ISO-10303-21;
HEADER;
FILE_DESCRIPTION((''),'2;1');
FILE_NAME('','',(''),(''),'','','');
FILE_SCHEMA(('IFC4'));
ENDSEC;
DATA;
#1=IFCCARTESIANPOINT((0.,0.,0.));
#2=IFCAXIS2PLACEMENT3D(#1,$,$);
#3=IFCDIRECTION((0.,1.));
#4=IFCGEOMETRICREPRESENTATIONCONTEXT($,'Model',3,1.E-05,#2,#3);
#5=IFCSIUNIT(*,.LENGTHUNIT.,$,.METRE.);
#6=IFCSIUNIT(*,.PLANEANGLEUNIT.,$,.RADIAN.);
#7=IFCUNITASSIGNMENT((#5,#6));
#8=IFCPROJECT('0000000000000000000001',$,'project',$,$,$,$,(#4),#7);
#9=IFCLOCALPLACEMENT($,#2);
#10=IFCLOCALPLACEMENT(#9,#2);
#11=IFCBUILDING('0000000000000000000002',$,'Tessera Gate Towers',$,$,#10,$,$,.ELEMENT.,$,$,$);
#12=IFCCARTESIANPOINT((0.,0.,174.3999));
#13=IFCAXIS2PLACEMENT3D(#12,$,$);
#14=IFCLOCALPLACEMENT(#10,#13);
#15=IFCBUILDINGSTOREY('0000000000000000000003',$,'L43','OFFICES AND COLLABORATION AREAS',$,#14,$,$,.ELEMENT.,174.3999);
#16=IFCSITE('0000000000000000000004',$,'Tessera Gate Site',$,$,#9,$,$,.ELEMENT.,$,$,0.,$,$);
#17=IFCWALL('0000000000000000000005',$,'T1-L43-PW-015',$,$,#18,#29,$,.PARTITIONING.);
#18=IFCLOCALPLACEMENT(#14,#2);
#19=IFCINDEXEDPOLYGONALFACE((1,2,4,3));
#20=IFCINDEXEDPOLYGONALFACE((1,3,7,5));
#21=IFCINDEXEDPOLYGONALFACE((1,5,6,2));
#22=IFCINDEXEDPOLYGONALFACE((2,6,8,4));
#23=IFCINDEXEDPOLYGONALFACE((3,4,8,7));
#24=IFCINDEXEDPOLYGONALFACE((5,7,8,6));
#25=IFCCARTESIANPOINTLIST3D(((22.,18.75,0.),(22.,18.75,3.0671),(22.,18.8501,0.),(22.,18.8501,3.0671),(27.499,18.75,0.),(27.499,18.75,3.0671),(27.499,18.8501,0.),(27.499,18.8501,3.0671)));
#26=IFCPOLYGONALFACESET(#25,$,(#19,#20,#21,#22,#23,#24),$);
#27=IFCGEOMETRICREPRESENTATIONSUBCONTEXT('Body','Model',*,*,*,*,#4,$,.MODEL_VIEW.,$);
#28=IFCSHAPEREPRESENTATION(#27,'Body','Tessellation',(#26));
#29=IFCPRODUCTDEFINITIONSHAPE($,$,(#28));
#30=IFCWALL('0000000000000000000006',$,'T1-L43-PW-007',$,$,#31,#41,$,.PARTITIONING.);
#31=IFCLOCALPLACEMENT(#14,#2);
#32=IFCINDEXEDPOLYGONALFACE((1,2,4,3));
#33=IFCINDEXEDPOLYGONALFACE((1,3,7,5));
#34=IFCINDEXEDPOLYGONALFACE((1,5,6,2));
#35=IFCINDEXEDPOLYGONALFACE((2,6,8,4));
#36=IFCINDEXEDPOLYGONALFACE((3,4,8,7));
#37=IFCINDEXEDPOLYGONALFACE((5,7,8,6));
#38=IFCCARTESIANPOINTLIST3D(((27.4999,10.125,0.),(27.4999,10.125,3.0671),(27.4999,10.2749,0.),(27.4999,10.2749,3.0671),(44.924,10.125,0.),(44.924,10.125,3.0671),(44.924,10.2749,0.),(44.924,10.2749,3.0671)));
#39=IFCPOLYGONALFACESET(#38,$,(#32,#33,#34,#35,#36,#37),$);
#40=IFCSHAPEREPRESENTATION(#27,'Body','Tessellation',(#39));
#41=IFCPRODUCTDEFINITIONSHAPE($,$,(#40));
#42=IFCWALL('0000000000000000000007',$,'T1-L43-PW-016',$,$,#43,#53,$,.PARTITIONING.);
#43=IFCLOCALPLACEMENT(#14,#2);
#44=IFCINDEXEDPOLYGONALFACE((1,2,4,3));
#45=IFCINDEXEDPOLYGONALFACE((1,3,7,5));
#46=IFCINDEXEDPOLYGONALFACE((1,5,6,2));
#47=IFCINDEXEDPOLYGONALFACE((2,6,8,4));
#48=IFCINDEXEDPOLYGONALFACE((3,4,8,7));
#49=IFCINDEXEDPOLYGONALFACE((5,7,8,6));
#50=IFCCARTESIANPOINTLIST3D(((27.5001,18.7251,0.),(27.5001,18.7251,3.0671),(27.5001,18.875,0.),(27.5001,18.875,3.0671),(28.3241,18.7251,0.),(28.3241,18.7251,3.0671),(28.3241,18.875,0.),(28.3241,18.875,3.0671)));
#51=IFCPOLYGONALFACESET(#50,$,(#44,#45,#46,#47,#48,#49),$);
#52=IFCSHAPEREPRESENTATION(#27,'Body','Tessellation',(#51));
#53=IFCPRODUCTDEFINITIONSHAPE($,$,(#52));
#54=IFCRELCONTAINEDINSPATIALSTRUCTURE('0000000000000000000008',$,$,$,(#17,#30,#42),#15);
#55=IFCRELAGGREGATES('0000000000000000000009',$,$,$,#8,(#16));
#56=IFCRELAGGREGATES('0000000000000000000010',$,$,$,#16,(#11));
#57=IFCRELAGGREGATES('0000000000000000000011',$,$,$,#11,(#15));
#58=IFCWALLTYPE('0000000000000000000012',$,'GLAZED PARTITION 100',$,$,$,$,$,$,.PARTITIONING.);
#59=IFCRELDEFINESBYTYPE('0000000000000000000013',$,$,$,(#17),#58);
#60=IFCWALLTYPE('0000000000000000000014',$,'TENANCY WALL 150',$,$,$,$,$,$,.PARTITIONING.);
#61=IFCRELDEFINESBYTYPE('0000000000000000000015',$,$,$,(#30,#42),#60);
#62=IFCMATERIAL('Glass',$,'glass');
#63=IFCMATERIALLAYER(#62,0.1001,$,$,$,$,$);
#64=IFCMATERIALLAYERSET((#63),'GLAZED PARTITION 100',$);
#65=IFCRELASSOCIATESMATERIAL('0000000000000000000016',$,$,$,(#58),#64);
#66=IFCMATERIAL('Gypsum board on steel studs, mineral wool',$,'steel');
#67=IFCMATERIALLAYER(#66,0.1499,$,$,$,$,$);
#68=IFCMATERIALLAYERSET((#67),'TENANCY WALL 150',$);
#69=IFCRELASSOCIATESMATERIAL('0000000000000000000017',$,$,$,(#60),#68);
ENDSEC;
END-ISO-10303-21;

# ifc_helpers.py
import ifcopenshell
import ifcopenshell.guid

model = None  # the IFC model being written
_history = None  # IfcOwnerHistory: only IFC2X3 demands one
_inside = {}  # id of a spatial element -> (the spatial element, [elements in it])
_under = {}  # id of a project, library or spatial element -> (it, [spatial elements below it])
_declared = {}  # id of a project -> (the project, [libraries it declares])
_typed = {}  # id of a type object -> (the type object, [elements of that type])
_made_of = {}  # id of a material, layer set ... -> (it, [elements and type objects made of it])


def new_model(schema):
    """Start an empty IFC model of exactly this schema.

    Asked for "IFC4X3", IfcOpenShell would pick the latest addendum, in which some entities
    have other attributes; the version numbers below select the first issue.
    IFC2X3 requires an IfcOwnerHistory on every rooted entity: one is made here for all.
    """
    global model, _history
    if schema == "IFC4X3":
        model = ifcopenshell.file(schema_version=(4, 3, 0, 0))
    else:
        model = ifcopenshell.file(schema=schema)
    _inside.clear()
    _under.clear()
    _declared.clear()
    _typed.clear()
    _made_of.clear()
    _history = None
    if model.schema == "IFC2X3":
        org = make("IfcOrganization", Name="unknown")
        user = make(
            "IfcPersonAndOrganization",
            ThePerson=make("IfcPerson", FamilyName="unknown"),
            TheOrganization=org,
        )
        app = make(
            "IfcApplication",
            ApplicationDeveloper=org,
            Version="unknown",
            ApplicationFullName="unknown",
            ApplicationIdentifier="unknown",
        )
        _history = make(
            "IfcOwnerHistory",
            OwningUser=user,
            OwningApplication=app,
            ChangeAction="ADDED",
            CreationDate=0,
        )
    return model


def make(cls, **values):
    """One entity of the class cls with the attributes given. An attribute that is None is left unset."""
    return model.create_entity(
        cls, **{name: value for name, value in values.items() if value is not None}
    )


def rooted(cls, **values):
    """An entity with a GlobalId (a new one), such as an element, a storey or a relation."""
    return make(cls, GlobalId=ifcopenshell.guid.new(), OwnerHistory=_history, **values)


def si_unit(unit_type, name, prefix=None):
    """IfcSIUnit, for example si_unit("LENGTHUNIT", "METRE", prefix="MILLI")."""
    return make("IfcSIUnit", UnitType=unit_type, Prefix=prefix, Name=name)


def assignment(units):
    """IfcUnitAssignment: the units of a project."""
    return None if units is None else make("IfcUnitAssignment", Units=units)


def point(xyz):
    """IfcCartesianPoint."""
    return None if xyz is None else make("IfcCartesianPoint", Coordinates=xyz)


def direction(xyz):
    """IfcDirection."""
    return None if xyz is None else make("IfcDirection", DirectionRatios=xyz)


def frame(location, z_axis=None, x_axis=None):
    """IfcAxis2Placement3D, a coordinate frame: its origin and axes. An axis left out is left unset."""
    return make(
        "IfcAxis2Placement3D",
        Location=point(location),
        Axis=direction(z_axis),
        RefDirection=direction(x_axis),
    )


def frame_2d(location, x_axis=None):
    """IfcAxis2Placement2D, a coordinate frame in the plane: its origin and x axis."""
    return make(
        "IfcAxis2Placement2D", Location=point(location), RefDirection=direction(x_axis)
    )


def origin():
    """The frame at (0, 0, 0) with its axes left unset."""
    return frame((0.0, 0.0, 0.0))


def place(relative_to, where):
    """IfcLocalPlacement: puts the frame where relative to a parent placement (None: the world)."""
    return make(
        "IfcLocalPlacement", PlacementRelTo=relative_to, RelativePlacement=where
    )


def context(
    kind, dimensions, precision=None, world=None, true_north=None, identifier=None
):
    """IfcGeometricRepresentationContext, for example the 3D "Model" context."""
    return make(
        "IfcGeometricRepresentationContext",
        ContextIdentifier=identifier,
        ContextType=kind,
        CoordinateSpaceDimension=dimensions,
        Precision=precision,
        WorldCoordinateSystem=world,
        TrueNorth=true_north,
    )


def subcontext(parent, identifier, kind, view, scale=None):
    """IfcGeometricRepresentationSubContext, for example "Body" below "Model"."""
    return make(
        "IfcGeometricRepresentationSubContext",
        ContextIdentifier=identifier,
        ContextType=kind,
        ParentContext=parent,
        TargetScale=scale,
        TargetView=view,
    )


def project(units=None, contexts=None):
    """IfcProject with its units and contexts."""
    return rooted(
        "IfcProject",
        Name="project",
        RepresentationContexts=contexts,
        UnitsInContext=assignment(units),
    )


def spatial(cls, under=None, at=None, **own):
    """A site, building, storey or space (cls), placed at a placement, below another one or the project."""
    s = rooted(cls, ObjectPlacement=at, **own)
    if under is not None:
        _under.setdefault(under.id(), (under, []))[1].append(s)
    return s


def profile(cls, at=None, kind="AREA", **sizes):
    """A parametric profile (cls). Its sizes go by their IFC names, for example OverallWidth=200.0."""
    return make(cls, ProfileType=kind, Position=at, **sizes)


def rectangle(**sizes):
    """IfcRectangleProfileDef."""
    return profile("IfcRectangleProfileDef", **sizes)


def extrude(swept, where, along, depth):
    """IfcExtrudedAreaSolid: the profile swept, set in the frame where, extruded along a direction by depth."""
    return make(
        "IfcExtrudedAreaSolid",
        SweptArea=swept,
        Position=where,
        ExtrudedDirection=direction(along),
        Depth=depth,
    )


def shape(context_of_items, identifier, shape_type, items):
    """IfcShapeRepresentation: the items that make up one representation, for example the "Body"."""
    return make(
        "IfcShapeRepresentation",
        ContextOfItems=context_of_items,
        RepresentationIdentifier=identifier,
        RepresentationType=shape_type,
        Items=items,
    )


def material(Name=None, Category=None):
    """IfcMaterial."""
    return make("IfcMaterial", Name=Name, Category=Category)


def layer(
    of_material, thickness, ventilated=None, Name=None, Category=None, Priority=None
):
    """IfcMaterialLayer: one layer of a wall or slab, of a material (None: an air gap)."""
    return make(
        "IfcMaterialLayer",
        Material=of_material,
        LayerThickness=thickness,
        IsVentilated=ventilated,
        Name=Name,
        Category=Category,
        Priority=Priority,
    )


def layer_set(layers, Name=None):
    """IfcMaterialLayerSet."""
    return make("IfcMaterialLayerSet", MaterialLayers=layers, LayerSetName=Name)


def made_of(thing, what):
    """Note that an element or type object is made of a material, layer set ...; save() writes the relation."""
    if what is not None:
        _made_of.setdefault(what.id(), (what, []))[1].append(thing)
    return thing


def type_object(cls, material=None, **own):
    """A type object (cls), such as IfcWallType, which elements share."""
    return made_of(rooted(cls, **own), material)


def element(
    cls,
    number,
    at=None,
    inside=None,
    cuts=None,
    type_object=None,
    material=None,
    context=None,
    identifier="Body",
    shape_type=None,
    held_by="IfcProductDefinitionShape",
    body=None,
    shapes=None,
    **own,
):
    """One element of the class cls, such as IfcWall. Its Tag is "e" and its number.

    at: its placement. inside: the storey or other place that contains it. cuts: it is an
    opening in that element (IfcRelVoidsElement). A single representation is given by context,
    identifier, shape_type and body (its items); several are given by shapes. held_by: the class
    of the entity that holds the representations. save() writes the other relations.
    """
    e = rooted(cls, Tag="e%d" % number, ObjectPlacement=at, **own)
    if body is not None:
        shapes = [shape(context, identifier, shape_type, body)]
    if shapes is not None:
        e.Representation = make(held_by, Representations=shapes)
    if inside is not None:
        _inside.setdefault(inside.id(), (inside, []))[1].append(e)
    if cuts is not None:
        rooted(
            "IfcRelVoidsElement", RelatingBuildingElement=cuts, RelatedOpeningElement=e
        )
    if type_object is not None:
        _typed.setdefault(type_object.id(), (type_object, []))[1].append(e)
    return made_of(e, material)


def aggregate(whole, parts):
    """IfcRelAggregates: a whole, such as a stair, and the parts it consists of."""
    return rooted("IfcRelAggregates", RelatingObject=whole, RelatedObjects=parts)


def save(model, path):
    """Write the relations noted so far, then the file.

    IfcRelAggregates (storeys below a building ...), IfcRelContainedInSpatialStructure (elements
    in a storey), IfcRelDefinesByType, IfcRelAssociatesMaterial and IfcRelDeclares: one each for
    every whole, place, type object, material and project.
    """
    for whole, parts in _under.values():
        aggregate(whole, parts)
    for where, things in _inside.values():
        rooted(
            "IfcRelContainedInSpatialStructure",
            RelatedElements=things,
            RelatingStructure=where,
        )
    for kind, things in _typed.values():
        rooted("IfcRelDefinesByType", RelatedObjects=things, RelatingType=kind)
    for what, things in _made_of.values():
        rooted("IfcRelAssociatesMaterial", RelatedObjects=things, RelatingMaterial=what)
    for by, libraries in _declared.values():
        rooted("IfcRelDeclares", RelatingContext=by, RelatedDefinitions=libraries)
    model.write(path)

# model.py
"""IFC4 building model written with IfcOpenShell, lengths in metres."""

from ifc_helpers import new_model, si_unit, direction, frame, frame_2d, origin, place, context, subcontext, project, spatial, rectangle, extrude, material, layer, layer_set, type_object, element, save


model = new_model("IFC4")

# Units and contexts
model_context = context("Model", 3, precision=1e-05, world=origin(), true_north=direction((0.0, 1.0)))
body_context = subcontext(model_context, "Body", "Model", "MODEL_VIEW")
ifc_project = project(units=[si_unit("LENGTHUNIT", "METRE"), si_unit("PLANEANGLEUNIT", "RADIAN")], contexts=[model_context])

# Site, building, storey
site_placement = place(None, origin())
site = spatial("IfcSite", under=ifc_project, at=site_placement, Name="Tessera Gate Site", CompositionType="ELEMENT", RefElevation=0.0)
building_placement = place(site_placement, origin())
building = spatial("IfcBuilding", under=site, at=building_placement, Name="Tessera Gate Towers", CompositionType="ELEMENT")
storey_placement = place(building_placement, frame((0.0, 0.0, 174.3999)))
storey = spatial("IfcBuildingStorey", under=building, at=storey_placement, Name="L43", Description="OFFICES AND COLLABORATION AREAS", CompositionType="ELEMENT", Elevation=174.3999)

# Shared definitions
ifc_material_1 = material(Name="Glass", Category="glass")
ifc_layer_1 = layer(ifc_material_1, 0.1001)
ifc_layer_set_1 = layer_set([ifc_layer_1], Name="GLAZED PARTITION 100")
wall_type_1 = type_object("IfcWallType", Name="GLAZED PARTITION 100", PredefinedType="PARTITIONING", material=ifc_layer_set_1)

# Walls
wall_1_placement = place(storey_placement, frame((22.0, 18.8, 0.0), z_axis=(0.0, 0.0, 1.0), x_axis=(1.0, 0.0, 0.0)))
element("IfcWall", 1, at=wall_1_placement, inside=storey, type_object=wall_type_1, Name="T1-L43-PW-015", PredefinedType="PARTITIONING", context=body_context, shape_type="SweptSolid", body=[
    extrude(rectangle(XDim=5.499, YDim=0.1001, at=frame_2d((2.7495, 0.0))), origin(), (0.0, 0.0, 1.0), 3.0671),
])
ifc_material_2 = material(Name="Gypsum board on steel studs, mineral wool", Category="steel")
ifc_layer_2 = layer(ifc_material_2, 0.1499)
ifc_layer_set_2 = layer_set([ifc_layer_2], Name="TENANCY WALL 150")
wall_type_2 = type_object("IfcWallType", Name="TENANCY WALL 150", PredefinedType="PARTITIONING", material=ifc_layer_set_2)
wall_2_placement = place(storey_placement, frame((27.5, 10.2, 0.0), z_axis=(0.0, 0.0, 1.0), x_axis=(1.0, 0.0, 0.0)))
element("IfcWall", 2, at=wall_2_placement, inside=storey, type_object=wall_type_2, Name="T1-L43-PW-007", PredefinedType="PARTITIONING", context=body_context, shape_type="SweptSolid", body=[
    extrude(rectangle(XDim=17.4241, YDim=0.1499, at=frame_2d((8.7119, 0.0))), origin(), (0.0, 0.0, 1.0), 3.0671),
])
wall_3_placement = place(storey_placement, frame((27.5, 18.8, 0.0), z_axis=(0.0, 0.0, 1.0), x_axis=(1.0, 0.0, 0.0)))
element("IfcWall", 3, at=wall_3_placement, inside=storey, type_object=wall_type_2, Name="T1-L43-PW-016", PredefinedType="PARTITIONING", context=body_context, shape_type="SweptSolid", body=[
    extrude(rectangle(XDim=0.824, YDim=0.1499, at=frame_2d((0.4121, 0.0))), origin(), (0.0, 0.0, 1.0), 3.0671),
])

save(model, "model.ifc")
